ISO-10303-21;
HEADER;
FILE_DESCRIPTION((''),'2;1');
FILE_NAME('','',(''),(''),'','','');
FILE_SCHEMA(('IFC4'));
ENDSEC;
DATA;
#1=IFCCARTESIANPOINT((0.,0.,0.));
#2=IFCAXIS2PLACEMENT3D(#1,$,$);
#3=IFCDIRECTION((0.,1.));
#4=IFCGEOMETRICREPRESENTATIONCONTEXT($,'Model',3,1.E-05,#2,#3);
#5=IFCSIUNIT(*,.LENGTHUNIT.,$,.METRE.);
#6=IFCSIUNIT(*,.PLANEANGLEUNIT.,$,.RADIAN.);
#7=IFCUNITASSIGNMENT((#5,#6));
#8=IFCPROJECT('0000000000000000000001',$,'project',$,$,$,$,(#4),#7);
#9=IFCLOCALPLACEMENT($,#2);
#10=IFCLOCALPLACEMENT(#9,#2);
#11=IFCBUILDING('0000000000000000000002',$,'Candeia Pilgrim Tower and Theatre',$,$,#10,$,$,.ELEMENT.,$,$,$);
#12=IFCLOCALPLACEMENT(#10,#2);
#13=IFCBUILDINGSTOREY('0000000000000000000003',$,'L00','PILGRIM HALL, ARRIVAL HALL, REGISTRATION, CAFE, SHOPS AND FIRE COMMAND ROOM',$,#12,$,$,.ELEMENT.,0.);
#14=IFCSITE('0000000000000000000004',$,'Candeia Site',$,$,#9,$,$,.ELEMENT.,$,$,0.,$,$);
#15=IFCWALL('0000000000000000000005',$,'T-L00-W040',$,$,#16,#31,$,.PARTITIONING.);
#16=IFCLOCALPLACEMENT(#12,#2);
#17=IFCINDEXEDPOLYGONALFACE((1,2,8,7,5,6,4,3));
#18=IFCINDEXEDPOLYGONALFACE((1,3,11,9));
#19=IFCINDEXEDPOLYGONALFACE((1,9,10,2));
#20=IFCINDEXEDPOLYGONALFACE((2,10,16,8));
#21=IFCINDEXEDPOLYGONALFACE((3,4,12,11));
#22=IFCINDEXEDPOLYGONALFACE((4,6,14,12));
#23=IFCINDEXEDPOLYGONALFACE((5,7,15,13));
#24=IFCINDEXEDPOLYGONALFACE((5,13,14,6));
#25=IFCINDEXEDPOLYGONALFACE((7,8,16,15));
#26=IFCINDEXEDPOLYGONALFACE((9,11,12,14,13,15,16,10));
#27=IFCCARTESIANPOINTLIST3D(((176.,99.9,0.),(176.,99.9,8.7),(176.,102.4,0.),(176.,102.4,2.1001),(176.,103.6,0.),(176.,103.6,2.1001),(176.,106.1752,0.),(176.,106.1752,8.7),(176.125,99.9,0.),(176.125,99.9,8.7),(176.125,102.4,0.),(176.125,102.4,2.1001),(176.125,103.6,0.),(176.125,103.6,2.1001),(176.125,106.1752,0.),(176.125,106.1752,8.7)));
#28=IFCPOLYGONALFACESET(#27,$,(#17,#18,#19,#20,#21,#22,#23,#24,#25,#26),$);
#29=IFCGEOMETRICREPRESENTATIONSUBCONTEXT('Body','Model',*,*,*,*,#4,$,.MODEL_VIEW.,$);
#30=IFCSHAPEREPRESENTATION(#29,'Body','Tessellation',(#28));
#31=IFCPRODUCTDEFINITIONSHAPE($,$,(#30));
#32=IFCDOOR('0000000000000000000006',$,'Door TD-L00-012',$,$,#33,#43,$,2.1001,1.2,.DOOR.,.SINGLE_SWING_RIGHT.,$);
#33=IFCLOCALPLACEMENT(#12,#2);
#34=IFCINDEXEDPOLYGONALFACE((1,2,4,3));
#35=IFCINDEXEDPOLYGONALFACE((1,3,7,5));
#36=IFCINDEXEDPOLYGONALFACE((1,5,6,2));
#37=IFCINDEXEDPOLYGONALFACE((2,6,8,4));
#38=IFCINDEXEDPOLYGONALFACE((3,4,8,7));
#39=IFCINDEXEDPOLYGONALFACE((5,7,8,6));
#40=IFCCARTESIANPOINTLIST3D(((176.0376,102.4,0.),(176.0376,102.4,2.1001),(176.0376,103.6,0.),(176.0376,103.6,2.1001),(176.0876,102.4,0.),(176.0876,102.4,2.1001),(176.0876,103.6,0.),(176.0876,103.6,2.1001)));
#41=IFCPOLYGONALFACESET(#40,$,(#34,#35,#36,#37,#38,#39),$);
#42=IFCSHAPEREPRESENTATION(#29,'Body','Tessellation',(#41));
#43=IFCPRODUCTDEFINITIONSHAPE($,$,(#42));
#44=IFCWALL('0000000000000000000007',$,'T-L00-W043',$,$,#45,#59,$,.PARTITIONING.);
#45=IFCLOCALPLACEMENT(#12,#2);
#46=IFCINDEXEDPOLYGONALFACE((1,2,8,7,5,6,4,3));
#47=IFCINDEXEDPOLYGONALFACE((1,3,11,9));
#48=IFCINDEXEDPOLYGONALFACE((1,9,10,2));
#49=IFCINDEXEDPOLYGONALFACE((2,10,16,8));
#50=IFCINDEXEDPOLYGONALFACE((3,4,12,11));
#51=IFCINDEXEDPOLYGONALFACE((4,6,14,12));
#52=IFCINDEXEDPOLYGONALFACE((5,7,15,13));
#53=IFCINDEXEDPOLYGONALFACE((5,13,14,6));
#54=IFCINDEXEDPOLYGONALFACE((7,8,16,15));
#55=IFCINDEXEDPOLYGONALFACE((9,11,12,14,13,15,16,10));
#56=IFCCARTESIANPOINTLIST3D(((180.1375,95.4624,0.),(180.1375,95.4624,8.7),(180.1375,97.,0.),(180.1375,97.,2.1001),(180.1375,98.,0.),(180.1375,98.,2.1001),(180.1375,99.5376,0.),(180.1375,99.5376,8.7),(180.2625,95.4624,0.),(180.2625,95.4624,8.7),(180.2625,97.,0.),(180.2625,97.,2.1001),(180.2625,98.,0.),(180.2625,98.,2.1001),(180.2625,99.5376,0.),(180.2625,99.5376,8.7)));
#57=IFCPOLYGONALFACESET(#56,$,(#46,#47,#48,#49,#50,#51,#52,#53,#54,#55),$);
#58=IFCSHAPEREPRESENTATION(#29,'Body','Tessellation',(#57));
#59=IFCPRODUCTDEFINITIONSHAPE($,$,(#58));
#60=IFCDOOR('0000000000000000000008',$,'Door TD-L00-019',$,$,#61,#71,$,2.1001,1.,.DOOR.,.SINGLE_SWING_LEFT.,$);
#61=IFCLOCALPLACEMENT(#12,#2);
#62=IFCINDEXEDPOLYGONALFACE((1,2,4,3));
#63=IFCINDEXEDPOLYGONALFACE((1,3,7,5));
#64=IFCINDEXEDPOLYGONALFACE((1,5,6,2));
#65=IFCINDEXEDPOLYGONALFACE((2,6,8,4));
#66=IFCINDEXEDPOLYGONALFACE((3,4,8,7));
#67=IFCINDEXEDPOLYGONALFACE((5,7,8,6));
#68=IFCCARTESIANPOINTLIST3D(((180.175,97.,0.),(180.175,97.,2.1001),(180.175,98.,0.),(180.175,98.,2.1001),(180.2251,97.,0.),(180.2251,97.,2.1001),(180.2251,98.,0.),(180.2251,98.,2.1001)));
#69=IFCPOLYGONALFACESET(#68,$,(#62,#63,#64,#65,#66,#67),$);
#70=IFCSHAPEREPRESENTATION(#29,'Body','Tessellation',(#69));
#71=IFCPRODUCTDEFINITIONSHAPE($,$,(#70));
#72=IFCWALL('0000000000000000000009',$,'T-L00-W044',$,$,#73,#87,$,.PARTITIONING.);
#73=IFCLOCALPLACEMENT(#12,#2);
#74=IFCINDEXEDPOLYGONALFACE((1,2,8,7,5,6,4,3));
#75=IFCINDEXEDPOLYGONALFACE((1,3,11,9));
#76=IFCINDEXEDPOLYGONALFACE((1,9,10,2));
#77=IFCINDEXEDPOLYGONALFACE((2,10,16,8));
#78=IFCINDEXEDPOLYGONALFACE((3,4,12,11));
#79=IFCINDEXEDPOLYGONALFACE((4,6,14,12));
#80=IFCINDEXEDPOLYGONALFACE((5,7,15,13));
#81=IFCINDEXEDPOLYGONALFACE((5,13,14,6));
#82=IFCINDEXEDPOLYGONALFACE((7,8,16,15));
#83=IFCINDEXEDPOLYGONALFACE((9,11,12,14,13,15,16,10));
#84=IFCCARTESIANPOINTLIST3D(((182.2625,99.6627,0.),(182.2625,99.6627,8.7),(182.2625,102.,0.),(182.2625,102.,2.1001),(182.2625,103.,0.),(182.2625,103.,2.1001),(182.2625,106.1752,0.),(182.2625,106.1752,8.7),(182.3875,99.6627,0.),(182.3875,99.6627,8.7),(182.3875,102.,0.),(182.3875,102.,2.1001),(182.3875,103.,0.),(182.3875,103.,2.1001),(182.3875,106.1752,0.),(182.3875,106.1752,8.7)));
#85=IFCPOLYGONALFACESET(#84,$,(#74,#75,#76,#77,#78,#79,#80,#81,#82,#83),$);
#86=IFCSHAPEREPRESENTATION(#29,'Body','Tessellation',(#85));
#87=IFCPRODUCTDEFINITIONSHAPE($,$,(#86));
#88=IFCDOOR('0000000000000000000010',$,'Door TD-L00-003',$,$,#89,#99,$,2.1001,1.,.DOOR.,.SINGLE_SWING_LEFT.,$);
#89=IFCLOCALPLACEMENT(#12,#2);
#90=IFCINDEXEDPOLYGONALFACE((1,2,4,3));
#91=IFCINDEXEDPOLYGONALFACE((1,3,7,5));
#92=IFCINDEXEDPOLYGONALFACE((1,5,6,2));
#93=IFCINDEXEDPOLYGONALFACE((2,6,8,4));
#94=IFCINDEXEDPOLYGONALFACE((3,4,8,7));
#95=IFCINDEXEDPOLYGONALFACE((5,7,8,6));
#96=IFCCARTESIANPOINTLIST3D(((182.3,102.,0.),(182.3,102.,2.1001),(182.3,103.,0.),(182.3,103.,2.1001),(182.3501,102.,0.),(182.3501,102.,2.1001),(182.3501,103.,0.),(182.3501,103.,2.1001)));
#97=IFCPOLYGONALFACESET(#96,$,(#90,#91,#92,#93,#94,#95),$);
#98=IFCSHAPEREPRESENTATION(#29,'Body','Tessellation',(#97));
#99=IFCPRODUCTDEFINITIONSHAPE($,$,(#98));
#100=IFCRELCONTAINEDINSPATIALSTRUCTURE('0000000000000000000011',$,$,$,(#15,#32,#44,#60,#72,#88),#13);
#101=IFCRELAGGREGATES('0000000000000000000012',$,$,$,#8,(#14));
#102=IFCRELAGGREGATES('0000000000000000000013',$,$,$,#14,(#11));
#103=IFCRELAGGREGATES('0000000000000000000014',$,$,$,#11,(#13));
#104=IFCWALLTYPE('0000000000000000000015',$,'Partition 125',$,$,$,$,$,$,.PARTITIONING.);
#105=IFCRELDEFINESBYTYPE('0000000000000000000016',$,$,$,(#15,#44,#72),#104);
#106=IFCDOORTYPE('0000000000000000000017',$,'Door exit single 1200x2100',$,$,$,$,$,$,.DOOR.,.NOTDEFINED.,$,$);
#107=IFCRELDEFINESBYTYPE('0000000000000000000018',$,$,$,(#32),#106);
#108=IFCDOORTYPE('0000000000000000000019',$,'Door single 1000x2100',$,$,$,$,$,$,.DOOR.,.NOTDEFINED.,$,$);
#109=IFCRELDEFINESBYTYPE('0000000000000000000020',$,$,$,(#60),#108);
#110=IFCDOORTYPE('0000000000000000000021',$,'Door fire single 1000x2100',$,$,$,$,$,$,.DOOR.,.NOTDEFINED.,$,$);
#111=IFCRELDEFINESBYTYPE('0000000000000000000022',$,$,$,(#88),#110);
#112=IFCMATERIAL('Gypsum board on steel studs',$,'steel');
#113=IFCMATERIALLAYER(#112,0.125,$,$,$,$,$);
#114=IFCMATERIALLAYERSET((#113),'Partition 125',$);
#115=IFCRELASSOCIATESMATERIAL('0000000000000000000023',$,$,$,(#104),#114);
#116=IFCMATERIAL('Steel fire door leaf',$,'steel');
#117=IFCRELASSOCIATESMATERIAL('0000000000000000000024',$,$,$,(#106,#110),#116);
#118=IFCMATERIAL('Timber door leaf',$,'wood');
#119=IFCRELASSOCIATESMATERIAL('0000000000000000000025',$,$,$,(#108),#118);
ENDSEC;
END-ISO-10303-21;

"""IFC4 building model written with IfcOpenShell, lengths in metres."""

from ifc_helpers import new_model, si_unit, direction, frame, frame_2d, origin, place, context, subcontext, project, spatial, rectangle, extrude, material, layer, layer_set, type_object, element, fill, save


model = new_model("IFC4")

# Units and contexts
model_context = context("Model", 3, precision=1e-05, world=origin(), true_north=direction((0.0, 1.0)))
body_context = subcontext(model_context, "Body", "Model", "MODEL_VIEW")
ifc_project = project(units=[si_unit("LENGTHUNIT", "METRE"), si_unit("PLANEANGLEUNIT", "RADIAN")], contexts=[model_context])

# Site, building, storey
site_placement = place(None, origin())
site = spatial("IfcSite", under=ifc_project, at=site_placement, Name="Candeia Site", CompositionType="ELEMENT", RefElevation=0.0)
building_placement = place(site_placement, origin())
building = spatial("IfcBuilding", under=site, at=building_placement, Name="Candeia Pilgrim Tower and Theatre", CompositionType="ELEMENT")
storey_placement = place(building_placement, origin())
storey = spatial("IfcBuildingStorey", under=building, at=storey_placement, Name="L00", Description="PILGRIM HALL, ARRIVAL HALL, REGISTRATION, CAFE, SHOPS AND FIRE COMMAND ROOM", CompositionType="ELEMENT", Elevation=0.0)

# Shared definitions
ifc_material_1 = material(Name="Gypsum board on steel studs", Category="steel")
ifc_layer = layer(ifc_material_1, 0.125)
ifc_layer_set = layer_set([ifc_layer], Name="Partition 125")
wall_type = type_object("IfcWallType", Name="Partition 125", PredefinedType="PARTITIONING", material=ifc_layer_set)

# Walls, openings, doors
ifc_material_2 = material(Name="Timber door leaf", Category="wood")
wall_1_placement = place(storey_placement, frame((176.0625, 99.8999, 0.0), z_axis=(0.0, 0.0, 1.0), x_axis=(0.0, 1.0, 0.0)))
wall_1 = element("IfcWall", 1, at=wall_1_placement, inside=storey, type_object=wall_type, Name="T-L00-W040", PredefinedType="PARTITIONING", context=body_context, shape_type="SweptSolid", body=[
    extrude(rectangle(XDim=6.2751, YDim=0.125, at=frame_2d((3.1377, 0.0))), origin(), (0.0, 0.0, 1.0), 8.7),
])
opening_1_placement = place(wall_1_placement, frame((2.5, 0.0, 0.0)))
opening_1 = element("IfcOpeningElement", 2, at=opening_1_placement, cuts=wall_1, PredefinedType="OPENING", context=body_context, shape_type="SweptSolid", body=[
    extrude(rectangle(XDim=1.2, YDim=2.1001, at=frame_2d((0.6001, 1.05))), frame((0.0, 0.0725, 0.0), z_axis=(0.0, -1.0, 0.0), x_axis=(1.0, 0.0, 0.0)), (0.0, 0.0, 1.0), 0.145),
])
ifc_material_3 = material(Name="Steel fire door leaf", Category="steel")
door_type_1 = type_object("IfcDoorType", Name="Door exit single 1200x2100", OperationType="NOTDEFINED", PredefinedType="DOOR", material=ifc_material_3)
door_1_placement = place(opening_1_placement, origin())
door_1 = element("IfcDoor", 3, at=door_1_placement, inside=storey, type_object=door_type_1, Name="Door TD-L00-012", OperationType="SINGLE_SWING_RIGHT", OverallHeight=2.1001, OverallWidth=1.2, PredefinedType="DOOR", context=body_context, shape_type="SweptSolid", body=[
    extrude(rectangle(XDim=1.2, YDim=2.1001, at=frame_2d((0.6001, 1.05))), frame((0.0, 0.0249, 0.0), z_axis=(0.0, -1.0, 0.0), x_axis=(1.0, 0.0, 0.0)), (0.0, 0.0, 1.0), 0.05),
])
fill(opening_1, door_1)
wall_2_placement = place(storey_placement, frame((180.2, 95.4624, 0.0), z_axis=(0.0, 0.0, 1.0), x_axis=(0.0, 1.0, 0.0)))
wall_2 = element("IfcWall", 4, at=wall_2_placement, inside=storey, type_object=wall_type, Name="T-L00-W043", PredefinedType="PARTITIONING", context=body_context, shape_type="SweptSolid", body=[
    extrude(rectangle(XDim=4.0752, YDim=0.125, at=frame_2d((2.0376, 0.0))), origin(), (0.0, 0.0, 1.0), 8.7),
])
opening_2_placement = place(wall_2_placement, frame((1.5376, 0.0, 0.0)))
opening_2 = element("IfcOpeningElement", 5, at=opening_2_placement, cuts=wall_2, PredefinedType="OPENING", context=body_context, shape_type="SweptSolid", body=[
    extrude(rectangle(XDim=1.0, YDim=2.1001, at=frame_2d((0.5, 1.05))), frame((0.0, 0.0725, 0.0), z_axis=(0.0, -1.0, 0.0), x_axis=(1.0, 0.0, 0.0)), (0.0, 0.0, 1.0), 0.145),
])
door_type_2 = type_object("IfcDoorType", Name="Door single 1000x2100", OperationType="NOTDEFINED", PredefinedType="DOOR", material=ifc_material_2)
door_2_placement = place(opening_2_placement, origin())
door_2 = element("IfcDoor", 6, at=door_2_placement, inside=storey, type_object=door_type_2, Name="Door TD-L00-019", OperationType="SINGLE_SWING_LEFT", OverallHeight=2.1001, OverallWidth=1.0, PredefinedType="DOOR", context=body_context, shape_type="SweptSolid", body=[
    extrude(rectangle(XDim=1.0, YDim=2.1001, at=frame_2d((0.5, 1.05))), frame((0.0, 0.0249, 0.0), z_axis=(0.0, -1.0, 0.0), x_axis=(1.0, 0.0, 0.0)), (0.0, 0.0, 1.0), 0.05),
])
fill(opening_2, door_2)
wall_3_placement = place(storey_placement, frame((182.325, 99.6626, 0.0), z_axis=(0.0, 0.0, 1.0), x_axis=(0.0, 1.0, 0.0)))
wall_3 = element("IfcWall", 7, at=wall_3_placement, inside=storey, type_object=wall_type, Name="T-L00-W044", PredefinedType="PARTITIONING", context=body_context, shape_type="SweptSolid", body=[
    extrude(rectangle(XDim=6.5125, YDim=0.125, at=frame_2d((3.2563, 0.0))), origin(), (0.0, 0.0, 1.0), 8.7),
])
opening_3_placement = place(wall_3_placement, frame((2.3374, 0.0, 0.0)))
opening_3 = element("IfcOpeningElement", 8, at=opening_3_placement, cuts=wall_3, PredefinedType="OPENING", context=body_context, shape_type="SweptSolid", body=[
    extrude(rectangle(XDim=1.0, YDim=2.1001, at=frame_2d((0.5, 1.05))), frame((0.0, 0.0725, 0.0), z_axis=(0.0, -1.0, 0.0), x_axis=(1.0, 0.0, 0.0)), (0.0, 0.0, 1.0), 0.145),
])
door_type_3 = type_object("IfcDoorType", Name="Door fire single 1000x2100", OperationType="NOTDEFINED", PredefinedType="DOOR", material=ifc_material_3)
door_3_placement = place(opening_3_placement, origin())
door_3 = element("IfcDoor", 9, at=door_3_placement, inside=storey, type_object=door_type_3, Name="Door TD-L00-003", OperationType="SINGLE_SWING_LEFT", OverallHeight=2.1001, OverallWidth=1.0, PredefinedType="DOOR", context=body_context, shape_type="SweptSolid", body=[
    extrude(rectangle(XDim=1.0, YDim=2.1001, at=frame_2d((0.5, 1.05))), frame((0.0, 0.0249, 0.0), z_axis=(0.0, -1.0, 0.0), x_axis=(1.0, 0.0, 0.0)), (0.0, 0.0, 1.0), 0.05),
])
fill(opening_3, door_3)

save(model, "model.ifc")
